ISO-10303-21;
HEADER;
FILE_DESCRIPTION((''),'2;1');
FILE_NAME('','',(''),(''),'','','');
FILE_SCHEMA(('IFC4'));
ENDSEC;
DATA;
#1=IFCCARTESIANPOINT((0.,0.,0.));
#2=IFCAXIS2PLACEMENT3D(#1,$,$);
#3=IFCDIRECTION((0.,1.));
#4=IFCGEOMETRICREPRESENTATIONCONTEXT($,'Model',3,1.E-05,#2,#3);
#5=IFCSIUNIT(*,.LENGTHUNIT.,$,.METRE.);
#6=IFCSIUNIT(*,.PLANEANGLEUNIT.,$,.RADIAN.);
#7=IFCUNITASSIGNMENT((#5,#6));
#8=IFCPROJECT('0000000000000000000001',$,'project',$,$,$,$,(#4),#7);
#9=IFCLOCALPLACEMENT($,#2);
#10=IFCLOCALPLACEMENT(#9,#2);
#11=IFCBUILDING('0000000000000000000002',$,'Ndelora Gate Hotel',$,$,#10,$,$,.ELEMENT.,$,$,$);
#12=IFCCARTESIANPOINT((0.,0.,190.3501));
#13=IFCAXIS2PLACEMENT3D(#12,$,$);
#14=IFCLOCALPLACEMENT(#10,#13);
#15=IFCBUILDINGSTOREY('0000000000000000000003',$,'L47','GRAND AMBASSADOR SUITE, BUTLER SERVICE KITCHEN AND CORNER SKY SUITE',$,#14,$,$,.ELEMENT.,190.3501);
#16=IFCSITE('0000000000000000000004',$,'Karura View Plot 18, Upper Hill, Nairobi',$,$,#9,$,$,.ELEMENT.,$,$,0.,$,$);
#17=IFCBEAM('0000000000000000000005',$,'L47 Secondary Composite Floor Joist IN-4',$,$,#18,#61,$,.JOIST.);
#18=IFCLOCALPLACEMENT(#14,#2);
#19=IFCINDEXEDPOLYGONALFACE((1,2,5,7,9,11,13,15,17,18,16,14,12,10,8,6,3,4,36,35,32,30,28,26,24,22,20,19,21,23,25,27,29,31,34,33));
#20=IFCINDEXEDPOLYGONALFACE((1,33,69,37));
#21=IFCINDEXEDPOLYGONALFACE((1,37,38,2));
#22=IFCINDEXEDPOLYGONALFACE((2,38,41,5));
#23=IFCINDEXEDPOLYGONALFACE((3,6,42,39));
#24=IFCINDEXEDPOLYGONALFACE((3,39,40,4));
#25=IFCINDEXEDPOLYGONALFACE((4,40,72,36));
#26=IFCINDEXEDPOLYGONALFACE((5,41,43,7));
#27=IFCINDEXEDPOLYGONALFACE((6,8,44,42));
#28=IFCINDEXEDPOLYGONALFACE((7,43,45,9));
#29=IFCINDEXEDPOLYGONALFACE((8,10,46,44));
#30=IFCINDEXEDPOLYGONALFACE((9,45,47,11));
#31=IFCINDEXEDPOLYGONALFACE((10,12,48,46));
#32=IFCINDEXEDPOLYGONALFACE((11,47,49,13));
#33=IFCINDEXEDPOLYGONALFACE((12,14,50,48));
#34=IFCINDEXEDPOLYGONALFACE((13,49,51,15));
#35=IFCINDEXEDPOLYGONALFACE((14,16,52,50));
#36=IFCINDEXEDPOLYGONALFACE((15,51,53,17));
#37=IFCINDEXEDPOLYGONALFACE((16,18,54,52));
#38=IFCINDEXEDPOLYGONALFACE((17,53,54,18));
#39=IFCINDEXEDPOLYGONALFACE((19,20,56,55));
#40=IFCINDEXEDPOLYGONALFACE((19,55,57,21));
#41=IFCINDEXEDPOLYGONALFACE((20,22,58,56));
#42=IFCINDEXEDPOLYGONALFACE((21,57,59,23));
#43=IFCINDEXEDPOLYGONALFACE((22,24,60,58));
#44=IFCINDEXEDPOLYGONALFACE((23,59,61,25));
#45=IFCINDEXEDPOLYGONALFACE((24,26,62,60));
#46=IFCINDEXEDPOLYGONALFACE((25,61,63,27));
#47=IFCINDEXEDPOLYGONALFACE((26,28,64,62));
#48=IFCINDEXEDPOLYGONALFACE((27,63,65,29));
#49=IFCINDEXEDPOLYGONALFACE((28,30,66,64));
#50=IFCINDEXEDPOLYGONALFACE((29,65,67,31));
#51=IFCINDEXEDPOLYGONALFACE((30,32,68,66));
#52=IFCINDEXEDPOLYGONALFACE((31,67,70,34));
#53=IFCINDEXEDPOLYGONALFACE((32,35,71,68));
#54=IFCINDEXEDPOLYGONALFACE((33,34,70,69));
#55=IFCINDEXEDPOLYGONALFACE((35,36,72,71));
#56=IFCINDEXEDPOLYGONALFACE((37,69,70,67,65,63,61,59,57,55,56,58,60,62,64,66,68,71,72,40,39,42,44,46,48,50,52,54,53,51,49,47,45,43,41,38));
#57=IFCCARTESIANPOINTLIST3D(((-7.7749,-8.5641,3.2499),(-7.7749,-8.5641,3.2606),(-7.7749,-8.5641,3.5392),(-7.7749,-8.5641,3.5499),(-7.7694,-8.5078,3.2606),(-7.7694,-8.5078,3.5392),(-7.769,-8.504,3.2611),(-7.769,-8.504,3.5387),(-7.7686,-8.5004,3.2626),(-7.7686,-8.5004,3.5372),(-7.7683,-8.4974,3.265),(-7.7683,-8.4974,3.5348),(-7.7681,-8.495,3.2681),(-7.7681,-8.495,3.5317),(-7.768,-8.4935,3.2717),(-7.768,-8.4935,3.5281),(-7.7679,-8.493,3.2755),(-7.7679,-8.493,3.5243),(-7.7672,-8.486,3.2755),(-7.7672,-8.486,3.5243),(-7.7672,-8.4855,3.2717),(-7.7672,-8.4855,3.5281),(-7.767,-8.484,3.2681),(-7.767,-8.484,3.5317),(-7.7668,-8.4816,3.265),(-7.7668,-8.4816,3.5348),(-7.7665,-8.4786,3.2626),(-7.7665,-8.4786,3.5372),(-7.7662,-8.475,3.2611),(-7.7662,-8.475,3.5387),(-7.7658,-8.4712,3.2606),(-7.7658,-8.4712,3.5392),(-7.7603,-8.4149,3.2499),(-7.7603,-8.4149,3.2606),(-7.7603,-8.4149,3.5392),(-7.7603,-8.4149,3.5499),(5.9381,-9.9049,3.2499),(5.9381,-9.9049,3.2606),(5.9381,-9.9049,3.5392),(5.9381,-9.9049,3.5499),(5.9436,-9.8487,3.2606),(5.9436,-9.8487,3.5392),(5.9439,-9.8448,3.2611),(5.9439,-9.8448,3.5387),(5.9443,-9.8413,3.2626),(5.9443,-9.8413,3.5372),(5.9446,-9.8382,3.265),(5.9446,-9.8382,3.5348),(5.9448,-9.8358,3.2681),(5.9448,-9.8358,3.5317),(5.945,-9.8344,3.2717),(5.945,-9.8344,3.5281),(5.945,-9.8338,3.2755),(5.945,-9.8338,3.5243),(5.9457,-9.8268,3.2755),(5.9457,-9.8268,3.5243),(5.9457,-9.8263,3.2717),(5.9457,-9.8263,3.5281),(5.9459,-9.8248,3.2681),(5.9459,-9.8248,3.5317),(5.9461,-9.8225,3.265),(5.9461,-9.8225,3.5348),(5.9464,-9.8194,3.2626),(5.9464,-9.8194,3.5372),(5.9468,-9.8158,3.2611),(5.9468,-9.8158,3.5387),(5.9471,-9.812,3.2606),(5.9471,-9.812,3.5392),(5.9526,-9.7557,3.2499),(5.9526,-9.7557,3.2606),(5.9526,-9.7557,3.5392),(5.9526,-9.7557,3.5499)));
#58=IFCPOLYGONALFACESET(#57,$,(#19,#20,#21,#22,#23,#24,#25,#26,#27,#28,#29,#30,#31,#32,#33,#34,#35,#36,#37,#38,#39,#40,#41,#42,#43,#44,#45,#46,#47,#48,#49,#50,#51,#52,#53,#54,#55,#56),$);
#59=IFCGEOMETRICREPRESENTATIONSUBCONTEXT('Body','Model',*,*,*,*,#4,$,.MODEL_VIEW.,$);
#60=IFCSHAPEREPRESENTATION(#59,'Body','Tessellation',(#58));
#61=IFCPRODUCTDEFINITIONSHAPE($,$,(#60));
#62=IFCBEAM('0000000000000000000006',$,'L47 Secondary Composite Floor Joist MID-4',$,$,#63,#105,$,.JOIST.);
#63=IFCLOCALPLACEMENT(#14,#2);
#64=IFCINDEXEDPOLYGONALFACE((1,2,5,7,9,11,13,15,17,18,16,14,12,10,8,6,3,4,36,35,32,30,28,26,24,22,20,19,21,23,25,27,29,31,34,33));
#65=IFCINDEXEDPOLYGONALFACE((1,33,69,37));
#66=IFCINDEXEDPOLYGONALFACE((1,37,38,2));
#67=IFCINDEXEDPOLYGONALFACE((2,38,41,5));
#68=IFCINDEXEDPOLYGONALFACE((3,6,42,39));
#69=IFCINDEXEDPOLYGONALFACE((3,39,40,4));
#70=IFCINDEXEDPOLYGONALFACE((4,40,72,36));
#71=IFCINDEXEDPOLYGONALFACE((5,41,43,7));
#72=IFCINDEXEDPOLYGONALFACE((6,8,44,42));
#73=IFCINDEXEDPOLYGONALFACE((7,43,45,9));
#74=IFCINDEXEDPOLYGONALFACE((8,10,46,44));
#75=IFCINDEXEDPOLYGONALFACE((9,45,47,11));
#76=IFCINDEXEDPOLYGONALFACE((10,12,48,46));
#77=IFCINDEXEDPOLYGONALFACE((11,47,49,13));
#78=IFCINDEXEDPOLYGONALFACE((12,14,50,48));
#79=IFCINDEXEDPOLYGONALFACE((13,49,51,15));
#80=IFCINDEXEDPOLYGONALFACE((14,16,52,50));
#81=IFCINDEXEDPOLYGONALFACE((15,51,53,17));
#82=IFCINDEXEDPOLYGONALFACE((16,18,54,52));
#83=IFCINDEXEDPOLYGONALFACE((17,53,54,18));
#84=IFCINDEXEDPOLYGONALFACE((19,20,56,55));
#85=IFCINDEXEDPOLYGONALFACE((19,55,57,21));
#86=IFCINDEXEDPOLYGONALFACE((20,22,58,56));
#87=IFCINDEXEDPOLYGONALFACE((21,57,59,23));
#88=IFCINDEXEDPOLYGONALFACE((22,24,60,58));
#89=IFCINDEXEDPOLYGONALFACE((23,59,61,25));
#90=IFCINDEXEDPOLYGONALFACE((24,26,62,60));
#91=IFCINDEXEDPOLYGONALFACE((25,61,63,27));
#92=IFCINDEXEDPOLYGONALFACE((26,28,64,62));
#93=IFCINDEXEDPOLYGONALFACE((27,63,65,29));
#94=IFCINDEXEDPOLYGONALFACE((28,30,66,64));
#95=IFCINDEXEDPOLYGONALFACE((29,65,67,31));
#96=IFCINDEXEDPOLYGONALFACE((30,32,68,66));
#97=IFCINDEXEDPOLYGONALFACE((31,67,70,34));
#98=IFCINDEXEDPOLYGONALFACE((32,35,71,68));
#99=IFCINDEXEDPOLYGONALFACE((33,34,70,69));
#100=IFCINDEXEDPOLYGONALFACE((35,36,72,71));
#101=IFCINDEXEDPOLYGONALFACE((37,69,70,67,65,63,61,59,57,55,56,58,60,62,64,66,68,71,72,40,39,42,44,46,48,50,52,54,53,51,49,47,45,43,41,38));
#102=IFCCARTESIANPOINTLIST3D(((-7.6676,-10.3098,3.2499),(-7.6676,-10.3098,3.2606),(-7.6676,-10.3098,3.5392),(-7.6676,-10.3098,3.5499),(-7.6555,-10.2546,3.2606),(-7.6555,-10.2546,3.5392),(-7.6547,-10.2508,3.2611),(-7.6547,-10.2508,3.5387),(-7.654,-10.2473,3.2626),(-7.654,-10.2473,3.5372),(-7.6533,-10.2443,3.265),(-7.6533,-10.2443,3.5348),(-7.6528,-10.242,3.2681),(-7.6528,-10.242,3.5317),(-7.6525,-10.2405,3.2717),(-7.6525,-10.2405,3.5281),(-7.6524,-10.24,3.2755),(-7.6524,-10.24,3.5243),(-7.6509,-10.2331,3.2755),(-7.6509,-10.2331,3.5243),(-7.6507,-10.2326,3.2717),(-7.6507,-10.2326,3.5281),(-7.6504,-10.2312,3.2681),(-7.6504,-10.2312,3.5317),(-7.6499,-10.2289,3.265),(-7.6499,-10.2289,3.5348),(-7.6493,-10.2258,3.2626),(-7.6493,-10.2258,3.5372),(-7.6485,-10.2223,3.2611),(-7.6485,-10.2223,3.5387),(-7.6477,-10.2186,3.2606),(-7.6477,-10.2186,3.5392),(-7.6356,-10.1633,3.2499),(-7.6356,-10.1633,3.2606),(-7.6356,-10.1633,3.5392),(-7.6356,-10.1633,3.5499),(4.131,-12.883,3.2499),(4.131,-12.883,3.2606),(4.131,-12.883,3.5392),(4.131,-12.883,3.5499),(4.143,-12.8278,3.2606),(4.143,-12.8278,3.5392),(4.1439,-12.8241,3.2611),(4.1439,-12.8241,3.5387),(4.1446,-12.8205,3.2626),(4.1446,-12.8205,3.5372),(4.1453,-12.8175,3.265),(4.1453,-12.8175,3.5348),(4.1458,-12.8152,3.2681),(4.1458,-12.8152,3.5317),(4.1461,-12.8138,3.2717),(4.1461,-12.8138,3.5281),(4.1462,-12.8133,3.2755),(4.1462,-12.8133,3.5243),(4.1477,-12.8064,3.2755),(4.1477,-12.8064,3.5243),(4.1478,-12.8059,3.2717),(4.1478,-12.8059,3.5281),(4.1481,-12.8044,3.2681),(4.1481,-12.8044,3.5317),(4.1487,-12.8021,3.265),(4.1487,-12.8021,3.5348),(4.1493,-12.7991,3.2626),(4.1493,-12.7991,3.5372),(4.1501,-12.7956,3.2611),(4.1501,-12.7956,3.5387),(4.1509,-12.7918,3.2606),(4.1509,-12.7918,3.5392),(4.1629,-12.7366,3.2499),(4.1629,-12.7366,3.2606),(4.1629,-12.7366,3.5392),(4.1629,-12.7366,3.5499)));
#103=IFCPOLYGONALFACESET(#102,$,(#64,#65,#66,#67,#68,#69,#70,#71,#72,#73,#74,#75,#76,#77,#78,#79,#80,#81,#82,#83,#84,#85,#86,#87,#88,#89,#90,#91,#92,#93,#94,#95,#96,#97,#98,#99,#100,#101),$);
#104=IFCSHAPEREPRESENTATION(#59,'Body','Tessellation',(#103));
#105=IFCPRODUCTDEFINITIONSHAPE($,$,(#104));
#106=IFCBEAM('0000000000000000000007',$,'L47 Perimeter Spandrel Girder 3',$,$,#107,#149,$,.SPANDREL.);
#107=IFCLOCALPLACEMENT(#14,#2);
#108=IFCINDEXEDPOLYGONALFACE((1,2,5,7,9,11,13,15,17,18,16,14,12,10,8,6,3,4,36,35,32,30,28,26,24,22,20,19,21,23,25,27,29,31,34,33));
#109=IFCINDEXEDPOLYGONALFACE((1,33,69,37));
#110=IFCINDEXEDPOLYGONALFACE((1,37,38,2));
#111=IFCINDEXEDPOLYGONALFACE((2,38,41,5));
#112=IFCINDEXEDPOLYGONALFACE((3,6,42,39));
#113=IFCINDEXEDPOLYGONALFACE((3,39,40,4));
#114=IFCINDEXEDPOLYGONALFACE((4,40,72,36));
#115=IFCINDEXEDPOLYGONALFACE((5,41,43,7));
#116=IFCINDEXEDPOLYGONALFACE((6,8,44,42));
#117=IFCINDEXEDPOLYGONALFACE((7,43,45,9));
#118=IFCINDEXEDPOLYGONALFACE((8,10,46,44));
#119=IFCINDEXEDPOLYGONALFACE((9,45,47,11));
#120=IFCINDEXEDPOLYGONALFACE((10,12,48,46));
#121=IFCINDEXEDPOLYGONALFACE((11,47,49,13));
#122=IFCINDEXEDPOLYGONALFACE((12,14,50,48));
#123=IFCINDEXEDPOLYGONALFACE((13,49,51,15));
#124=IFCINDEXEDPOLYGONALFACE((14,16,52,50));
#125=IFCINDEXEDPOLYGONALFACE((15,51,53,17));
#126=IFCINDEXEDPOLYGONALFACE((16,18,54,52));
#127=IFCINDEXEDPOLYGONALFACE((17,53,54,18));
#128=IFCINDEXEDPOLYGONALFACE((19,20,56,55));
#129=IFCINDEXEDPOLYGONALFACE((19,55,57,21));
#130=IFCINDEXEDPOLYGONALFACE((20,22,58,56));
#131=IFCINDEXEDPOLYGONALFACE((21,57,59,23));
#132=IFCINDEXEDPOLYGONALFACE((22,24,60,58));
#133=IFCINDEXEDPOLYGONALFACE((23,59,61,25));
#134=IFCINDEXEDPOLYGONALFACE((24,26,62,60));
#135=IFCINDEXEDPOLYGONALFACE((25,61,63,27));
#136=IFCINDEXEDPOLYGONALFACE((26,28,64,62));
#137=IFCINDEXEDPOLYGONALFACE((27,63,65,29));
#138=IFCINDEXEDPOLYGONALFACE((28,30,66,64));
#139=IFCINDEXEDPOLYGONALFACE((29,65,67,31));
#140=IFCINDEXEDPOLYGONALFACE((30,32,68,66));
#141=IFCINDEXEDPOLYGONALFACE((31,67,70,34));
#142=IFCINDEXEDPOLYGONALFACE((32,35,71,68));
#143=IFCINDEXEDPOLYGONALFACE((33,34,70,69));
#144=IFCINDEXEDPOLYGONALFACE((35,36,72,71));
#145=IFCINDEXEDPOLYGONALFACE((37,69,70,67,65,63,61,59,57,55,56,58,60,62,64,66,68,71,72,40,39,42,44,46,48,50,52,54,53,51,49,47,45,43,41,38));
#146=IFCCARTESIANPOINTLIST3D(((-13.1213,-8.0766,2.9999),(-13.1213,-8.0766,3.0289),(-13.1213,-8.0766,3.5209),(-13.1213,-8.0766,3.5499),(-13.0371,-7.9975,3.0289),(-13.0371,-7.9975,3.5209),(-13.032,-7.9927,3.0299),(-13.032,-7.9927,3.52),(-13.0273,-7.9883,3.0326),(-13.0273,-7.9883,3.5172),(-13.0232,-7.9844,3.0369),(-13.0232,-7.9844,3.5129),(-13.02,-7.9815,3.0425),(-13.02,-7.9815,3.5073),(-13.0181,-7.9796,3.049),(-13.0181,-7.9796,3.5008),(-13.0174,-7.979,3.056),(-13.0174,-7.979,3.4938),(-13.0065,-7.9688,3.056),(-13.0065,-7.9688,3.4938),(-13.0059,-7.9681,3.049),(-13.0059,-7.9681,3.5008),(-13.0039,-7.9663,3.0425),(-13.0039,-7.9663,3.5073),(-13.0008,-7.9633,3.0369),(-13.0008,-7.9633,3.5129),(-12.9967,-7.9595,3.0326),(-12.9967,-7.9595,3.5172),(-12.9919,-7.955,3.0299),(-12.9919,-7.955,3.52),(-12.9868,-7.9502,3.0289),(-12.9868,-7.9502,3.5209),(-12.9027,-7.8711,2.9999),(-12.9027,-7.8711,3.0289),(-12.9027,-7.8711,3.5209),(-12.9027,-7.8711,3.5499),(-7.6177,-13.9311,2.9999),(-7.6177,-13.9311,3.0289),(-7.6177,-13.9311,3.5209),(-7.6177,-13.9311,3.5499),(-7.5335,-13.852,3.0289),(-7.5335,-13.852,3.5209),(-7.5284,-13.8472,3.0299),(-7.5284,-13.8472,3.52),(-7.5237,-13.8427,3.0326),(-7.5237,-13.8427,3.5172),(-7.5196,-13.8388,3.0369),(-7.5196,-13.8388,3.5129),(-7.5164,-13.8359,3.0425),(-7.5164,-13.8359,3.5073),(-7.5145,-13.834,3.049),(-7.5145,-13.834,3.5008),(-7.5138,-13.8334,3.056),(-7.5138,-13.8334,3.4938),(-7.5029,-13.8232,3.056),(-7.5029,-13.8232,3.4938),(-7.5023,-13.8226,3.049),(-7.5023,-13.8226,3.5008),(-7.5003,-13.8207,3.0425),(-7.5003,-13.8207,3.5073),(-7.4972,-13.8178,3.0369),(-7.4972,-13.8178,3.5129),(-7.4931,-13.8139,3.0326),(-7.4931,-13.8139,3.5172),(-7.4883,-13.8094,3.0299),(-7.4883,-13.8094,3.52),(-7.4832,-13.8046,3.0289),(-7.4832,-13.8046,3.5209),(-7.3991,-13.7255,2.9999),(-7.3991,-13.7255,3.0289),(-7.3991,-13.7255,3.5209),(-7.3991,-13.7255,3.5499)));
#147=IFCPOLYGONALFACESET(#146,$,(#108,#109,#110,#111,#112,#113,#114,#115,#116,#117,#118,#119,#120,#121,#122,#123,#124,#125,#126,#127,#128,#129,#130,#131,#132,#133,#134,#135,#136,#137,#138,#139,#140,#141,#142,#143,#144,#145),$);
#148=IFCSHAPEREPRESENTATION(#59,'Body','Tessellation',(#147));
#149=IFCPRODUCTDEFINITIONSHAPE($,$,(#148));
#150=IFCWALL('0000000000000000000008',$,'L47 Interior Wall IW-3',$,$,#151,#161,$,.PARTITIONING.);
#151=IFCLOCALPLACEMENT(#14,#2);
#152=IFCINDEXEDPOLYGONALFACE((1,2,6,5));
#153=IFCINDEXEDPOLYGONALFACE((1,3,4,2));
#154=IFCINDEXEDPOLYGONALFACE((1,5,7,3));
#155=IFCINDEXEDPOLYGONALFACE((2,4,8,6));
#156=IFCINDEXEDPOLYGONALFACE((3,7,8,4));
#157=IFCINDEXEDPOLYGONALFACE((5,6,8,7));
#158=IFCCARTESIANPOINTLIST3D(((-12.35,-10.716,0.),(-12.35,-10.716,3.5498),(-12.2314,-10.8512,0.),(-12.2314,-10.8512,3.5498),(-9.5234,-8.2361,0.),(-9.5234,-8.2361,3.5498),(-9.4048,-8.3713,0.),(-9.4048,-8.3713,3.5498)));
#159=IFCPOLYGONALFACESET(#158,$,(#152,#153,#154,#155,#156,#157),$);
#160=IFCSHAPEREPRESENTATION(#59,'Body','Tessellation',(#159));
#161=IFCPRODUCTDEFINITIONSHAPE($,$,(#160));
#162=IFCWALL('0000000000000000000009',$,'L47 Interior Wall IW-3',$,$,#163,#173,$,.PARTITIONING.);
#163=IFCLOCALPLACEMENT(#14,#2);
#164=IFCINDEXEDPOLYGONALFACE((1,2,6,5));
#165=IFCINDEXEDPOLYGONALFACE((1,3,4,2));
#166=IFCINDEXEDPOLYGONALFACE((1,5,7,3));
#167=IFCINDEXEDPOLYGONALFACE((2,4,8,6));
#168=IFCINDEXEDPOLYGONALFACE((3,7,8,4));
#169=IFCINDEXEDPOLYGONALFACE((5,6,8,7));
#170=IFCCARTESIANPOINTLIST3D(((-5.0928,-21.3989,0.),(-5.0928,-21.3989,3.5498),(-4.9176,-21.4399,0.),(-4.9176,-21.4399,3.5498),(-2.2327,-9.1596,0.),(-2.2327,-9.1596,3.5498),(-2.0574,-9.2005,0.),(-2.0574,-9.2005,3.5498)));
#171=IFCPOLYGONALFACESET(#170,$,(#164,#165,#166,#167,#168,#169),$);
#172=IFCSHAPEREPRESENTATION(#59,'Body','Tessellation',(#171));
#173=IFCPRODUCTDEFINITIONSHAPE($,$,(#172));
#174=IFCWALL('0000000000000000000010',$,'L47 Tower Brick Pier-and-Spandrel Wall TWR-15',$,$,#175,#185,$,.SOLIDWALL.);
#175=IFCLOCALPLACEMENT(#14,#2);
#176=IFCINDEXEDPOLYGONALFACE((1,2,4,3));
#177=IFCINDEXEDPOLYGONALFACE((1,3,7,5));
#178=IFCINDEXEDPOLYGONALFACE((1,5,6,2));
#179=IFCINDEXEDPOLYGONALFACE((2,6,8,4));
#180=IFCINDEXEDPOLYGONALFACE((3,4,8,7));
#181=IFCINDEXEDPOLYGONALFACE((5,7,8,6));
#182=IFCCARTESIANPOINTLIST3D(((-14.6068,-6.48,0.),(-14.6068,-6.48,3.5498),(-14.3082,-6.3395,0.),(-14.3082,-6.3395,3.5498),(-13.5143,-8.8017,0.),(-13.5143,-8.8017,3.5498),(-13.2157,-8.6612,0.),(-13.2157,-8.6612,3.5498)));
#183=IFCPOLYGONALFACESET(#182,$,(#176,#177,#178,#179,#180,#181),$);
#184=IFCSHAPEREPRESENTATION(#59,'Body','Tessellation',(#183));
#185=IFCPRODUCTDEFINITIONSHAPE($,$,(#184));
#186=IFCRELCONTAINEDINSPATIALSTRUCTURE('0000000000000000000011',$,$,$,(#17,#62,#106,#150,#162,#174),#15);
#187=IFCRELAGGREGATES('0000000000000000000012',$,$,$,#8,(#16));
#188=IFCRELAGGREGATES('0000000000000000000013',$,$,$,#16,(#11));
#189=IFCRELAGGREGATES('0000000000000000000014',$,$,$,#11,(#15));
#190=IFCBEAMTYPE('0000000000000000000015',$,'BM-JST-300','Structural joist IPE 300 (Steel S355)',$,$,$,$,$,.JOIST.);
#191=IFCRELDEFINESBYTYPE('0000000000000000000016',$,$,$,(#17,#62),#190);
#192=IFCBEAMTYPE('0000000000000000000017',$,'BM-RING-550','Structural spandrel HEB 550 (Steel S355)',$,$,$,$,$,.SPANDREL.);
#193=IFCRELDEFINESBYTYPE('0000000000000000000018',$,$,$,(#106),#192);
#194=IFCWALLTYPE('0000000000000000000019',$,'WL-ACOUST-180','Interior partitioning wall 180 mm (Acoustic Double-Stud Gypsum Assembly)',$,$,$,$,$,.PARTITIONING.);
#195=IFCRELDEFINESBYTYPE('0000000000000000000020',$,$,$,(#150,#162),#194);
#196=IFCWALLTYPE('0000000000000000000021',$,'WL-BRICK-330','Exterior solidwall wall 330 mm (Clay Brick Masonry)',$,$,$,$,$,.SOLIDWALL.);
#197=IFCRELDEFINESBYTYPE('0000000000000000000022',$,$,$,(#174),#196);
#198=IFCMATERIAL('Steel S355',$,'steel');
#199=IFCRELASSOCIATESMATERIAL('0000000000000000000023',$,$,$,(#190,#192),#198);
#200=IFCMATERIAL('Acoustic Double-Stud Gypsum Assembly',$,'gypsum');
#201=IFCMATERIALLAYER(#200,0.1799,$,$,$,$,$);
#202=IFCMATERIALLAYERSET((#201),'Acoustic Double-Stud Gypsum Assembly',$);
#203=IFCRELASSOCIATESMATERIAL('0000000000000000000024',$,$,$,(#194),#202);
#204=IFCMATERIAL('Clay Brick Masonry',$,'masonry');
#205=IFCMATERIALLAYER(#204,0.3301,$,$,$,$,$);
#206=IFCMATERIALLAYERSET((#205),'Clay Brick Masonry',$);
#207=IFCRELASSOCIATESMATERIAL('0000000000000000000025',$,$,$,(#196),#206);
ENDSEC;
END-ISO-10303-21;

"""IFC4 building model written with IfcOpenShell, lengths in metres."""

from ifc_helpers import new_model, si_unit, direction, frame, frame_2d, origin, origin_2d, place, context, subcontext, project, spatial, rectangle, i_section, extrude, material, layer, layer_set, material_profile, profile_set, type_object, element, save


model = new_model("IFC4")

# Units and contexts
model_context = context("Model", 3, precision=1e-05, world=origin(), true_north=direction((0.0, 1.0)))
body_context = subcontext(model_context, "Body", "Model", "MODEL_VIEW")
ifc_project = project(units=[si_unit("LENGTHUNIT", "METRE"), si_unit("PLANEANGLEUNIT", "RADIAN")], contexts=[model_context])

# Site, building, storey
site_placement = place(None, origin())
site = spatial("IfcSite", under=ifc_project, at=site_placement, Name="Karura View Plot 18, Upper Hill, Nairobi", CompositionType="ELEMENT", RefElevation=0.0)
building_placement = place(site_placement, origin())
building = spatial("IfcBuilding", under=site, at=building_placement, Name="Ndelora Gate Hotel", CompositionType="ELEMENT")
storey_placement = place(building_placement, frame((0.0, 0.0, 190.3501)))
storey = spatial("IfcBuildingStorey", under=building, at=storey_placement, Name="L47", Description="GRAND AMBASSADOR SUITE, BUTLER SERVICE KITCHEN AND CORNER SKY SUITE", CompositionType="ELEMENT", Elevation=190.3501)

# Beams
ifc_material_1 = material(Name="Steel S355", Category="steel")
ifc_material_profile_1 = material_profile(ifc_material_1, i_section(OverallWidth=0.1499, OverallDepth=0.3, WebThickness=0.0071, FlangeThickness=0.0107, FilletRadius=0.0149, at=origin_2d()), Name="IPE 300")
ifc_profile_set_1 = profile_set([ifc_material_profile_1], Name="Steel S355")
beam_type_1 = type_object("IfcBeamType", Name="BM-JST-300", Description="Structural joist IPE 300 (Steel S355)", PredefinedType="JOIST", material=ifc_profile_set_1)
beam_1_placement = place(storey_placement, frame((-7.7676, -8.4895, 3.3999), z_axis=(0.995254, -0.097314, 0.0), x_axis=(0.097314, 0.995254, 0.0)))
element("IfcBeam", 1, at=beam_1_placement, inside=storey, type_object=beam_type_1, Name="L47 Secondary Composite Floor Joist IN-4", PredefinedType="JOIST", context=body_context, shape_type="SweptSolid", body=[
    extrude(i_section(OverallWidth=0.1499, OverallDepth=0.3, WebThickness=0.0071, FlangeThickness=0.0107, FilletRadius=0.0149, at=origin_2d()), origin(), (0.0, 0.0, 1.0), 13.7783),
])
beam_2_placement = place(storey_placement, frame((-7.6516, -10.2366, 3.3999), z_axis=(0.977033, -0.213088, 0.0), x_axis=(0.213088, 0.977033, 0.0)))
element("IfcBeam", 2, at=beam_2_placement, inside=storey, type_object=beam_type_1, Name="L47 Secondary Composite Floor Joist MID-4", PredefinedType="JOIST", context=body_context, shape_type="SweptSolid", body=[
    extrude(i_section(OverallWidth=0.1499, OverallDepth=0.3, WebThickness=0.0071, FlangeThickness=0.0107, FilletRadius=0.0149, at=origin_2d()), origin(), (0.0, 0.0, 1.0), 12.0759),
])
ifc_material_profile_2 = material_profile(ifc_material_1, i_section(OverallWidth=0.3, OverallDepth=0.55, WebThickness=0.0149, FlangeThickness=0.0291, FilletRadius=0.0271, at=origin_2d()), Name="HEB 550")
ifc_profile_set_2 = profile_set([ifc_material_profile_2], Name="Steel S355")
beam_type_2 = type_object("IfcBeamType", Name="BM-RING-550", Description="Structural spandrel HEB 550 (Steel S355)", PredefinedType="SPANDREL", material=ifc_profile_set_2)
beam_3_placement = place(storey_placement, frame((-13.012, -7.9739, 3.2749), z_axis=(0.684939, -0.7286, 0.0), x_axis=(0.7286, 0.684939, 0.0)))
element("IfcBeam", 3, at=beam_3_placement, inside=storey, type_object=beam_type_2, Name="L47 Perimeter Spandrel Girder 3", PredefinedType="SPANDREL", context=body_context, shape_type="SweptSolid", body=[
    extrude(i_section(OverallWidth=0.3, OverallDepth=0.55, WebThickness=0.0149, FlangeThickness=0.0291, FilletRadius=0.0271, at=origin_2d()), origin(), (0.0, 0.0, 1.0), 8.0352),
])

# Walls
ifc_material_2 = material(Name="Acoustic Double-Stud Gypsum Assembly", Category="gypsum")
ifc_layer_1 = layer(ifc_material_2, 0.1799)
ifc_layer_set_1 = layer_set([ifc_layer_1], Name="Acoustic Double-Stud Gypsum Assembly")
wall_type_1 = type_object("IfcWallType", Name="WL-ACOUST-180", Description="Interior partitioning wall 180 mm (Acoustic Double-Stud Gypsum Assembly)", PredefinedType="PARTITIONING", material=ifc_layer_set_1)
wall_1_placement = place(storey_placement, frame((-9.4641, -8.3037, 0.0), z_axis=(0.0, 0.0, 1.0), x_axis=(-0.751699, -0.659506, 0.0)))
element("IfcWall", 4, at=wall_1_placement, inside=storey, type_object=wall_type_1, Name="L47 Interior Wall IW-3", PredefinedType="PARTITIONING", context=body_context, shape_type="SweptSolid", body=[
    extrude(rectangle(XDim=3.7603, YDim=0.1799, at=frame_2d((1.8801, 0.0))), origin(), (0.0, 0.0, 1.0), 3.5498),
])
wall_2_placement = place(storey_placement, frame((-2.145, -9.1799, 0.0), z_axis=(0.0, 0.0, 1.0), x_axis=(-0.227553, -0.973766, 0.0)))
element("IfcWall", 5, at=wall_2_placement, inside=storey, type_object=wall_type_1, Name="L47 Interior Wall IW-3", PredefinedType="PARTITIONING", context=body_context, shape_type="SweptSolid", body=[
    extrude(rectangle(XDim=12.5691, YDim=0.1799, at=frame_2d((6.2847, 0.0))), origin(), (0.0, 0.0, 1.0), 3.5498),
])
ifc_material_3 = material(Name="Clay Brick Masonry", Category="masonry")
ifc_layer_2 = layer(ifc_material_3, 0.3301)
ifc_layer_set_2 = layer_set([ifc_layer_2], Name="Clay Brick Masonry")
wall_type_2 = type_object("IfcWallType", Name="WL-BRICK-330", Description="Exterior solidwall wall 330 mm (Clay Brick Masonry)", PredefinedType="SOLIDWALL", material=ifc_layer_set_2)
wall_3_placement = place(storey_placement, frame((-13.365, -8.7314, 0.0), z_axis=(0.0, 0.0, 1.0), x_axis=(-0.425774, 0.904829, 0.0)))
element("IfcWall", 6, at=wall_3_placement, inside=storey, type_object=wall_type_2, Name="L47 Tower Brick Pier-and-Spandrel Wall TWR-15", PredefinedType="SOLIDWALL", context=body_context, shape_type="SweptSolid", body=[
    extrude(rectangle(XDim=2.5659, YDim=0.3301, at=frame_2d((1.283, 0.0))), origin(), (0.0, 0.0, 1.0), 3.5498),
])

save(model, "model.ifc")
